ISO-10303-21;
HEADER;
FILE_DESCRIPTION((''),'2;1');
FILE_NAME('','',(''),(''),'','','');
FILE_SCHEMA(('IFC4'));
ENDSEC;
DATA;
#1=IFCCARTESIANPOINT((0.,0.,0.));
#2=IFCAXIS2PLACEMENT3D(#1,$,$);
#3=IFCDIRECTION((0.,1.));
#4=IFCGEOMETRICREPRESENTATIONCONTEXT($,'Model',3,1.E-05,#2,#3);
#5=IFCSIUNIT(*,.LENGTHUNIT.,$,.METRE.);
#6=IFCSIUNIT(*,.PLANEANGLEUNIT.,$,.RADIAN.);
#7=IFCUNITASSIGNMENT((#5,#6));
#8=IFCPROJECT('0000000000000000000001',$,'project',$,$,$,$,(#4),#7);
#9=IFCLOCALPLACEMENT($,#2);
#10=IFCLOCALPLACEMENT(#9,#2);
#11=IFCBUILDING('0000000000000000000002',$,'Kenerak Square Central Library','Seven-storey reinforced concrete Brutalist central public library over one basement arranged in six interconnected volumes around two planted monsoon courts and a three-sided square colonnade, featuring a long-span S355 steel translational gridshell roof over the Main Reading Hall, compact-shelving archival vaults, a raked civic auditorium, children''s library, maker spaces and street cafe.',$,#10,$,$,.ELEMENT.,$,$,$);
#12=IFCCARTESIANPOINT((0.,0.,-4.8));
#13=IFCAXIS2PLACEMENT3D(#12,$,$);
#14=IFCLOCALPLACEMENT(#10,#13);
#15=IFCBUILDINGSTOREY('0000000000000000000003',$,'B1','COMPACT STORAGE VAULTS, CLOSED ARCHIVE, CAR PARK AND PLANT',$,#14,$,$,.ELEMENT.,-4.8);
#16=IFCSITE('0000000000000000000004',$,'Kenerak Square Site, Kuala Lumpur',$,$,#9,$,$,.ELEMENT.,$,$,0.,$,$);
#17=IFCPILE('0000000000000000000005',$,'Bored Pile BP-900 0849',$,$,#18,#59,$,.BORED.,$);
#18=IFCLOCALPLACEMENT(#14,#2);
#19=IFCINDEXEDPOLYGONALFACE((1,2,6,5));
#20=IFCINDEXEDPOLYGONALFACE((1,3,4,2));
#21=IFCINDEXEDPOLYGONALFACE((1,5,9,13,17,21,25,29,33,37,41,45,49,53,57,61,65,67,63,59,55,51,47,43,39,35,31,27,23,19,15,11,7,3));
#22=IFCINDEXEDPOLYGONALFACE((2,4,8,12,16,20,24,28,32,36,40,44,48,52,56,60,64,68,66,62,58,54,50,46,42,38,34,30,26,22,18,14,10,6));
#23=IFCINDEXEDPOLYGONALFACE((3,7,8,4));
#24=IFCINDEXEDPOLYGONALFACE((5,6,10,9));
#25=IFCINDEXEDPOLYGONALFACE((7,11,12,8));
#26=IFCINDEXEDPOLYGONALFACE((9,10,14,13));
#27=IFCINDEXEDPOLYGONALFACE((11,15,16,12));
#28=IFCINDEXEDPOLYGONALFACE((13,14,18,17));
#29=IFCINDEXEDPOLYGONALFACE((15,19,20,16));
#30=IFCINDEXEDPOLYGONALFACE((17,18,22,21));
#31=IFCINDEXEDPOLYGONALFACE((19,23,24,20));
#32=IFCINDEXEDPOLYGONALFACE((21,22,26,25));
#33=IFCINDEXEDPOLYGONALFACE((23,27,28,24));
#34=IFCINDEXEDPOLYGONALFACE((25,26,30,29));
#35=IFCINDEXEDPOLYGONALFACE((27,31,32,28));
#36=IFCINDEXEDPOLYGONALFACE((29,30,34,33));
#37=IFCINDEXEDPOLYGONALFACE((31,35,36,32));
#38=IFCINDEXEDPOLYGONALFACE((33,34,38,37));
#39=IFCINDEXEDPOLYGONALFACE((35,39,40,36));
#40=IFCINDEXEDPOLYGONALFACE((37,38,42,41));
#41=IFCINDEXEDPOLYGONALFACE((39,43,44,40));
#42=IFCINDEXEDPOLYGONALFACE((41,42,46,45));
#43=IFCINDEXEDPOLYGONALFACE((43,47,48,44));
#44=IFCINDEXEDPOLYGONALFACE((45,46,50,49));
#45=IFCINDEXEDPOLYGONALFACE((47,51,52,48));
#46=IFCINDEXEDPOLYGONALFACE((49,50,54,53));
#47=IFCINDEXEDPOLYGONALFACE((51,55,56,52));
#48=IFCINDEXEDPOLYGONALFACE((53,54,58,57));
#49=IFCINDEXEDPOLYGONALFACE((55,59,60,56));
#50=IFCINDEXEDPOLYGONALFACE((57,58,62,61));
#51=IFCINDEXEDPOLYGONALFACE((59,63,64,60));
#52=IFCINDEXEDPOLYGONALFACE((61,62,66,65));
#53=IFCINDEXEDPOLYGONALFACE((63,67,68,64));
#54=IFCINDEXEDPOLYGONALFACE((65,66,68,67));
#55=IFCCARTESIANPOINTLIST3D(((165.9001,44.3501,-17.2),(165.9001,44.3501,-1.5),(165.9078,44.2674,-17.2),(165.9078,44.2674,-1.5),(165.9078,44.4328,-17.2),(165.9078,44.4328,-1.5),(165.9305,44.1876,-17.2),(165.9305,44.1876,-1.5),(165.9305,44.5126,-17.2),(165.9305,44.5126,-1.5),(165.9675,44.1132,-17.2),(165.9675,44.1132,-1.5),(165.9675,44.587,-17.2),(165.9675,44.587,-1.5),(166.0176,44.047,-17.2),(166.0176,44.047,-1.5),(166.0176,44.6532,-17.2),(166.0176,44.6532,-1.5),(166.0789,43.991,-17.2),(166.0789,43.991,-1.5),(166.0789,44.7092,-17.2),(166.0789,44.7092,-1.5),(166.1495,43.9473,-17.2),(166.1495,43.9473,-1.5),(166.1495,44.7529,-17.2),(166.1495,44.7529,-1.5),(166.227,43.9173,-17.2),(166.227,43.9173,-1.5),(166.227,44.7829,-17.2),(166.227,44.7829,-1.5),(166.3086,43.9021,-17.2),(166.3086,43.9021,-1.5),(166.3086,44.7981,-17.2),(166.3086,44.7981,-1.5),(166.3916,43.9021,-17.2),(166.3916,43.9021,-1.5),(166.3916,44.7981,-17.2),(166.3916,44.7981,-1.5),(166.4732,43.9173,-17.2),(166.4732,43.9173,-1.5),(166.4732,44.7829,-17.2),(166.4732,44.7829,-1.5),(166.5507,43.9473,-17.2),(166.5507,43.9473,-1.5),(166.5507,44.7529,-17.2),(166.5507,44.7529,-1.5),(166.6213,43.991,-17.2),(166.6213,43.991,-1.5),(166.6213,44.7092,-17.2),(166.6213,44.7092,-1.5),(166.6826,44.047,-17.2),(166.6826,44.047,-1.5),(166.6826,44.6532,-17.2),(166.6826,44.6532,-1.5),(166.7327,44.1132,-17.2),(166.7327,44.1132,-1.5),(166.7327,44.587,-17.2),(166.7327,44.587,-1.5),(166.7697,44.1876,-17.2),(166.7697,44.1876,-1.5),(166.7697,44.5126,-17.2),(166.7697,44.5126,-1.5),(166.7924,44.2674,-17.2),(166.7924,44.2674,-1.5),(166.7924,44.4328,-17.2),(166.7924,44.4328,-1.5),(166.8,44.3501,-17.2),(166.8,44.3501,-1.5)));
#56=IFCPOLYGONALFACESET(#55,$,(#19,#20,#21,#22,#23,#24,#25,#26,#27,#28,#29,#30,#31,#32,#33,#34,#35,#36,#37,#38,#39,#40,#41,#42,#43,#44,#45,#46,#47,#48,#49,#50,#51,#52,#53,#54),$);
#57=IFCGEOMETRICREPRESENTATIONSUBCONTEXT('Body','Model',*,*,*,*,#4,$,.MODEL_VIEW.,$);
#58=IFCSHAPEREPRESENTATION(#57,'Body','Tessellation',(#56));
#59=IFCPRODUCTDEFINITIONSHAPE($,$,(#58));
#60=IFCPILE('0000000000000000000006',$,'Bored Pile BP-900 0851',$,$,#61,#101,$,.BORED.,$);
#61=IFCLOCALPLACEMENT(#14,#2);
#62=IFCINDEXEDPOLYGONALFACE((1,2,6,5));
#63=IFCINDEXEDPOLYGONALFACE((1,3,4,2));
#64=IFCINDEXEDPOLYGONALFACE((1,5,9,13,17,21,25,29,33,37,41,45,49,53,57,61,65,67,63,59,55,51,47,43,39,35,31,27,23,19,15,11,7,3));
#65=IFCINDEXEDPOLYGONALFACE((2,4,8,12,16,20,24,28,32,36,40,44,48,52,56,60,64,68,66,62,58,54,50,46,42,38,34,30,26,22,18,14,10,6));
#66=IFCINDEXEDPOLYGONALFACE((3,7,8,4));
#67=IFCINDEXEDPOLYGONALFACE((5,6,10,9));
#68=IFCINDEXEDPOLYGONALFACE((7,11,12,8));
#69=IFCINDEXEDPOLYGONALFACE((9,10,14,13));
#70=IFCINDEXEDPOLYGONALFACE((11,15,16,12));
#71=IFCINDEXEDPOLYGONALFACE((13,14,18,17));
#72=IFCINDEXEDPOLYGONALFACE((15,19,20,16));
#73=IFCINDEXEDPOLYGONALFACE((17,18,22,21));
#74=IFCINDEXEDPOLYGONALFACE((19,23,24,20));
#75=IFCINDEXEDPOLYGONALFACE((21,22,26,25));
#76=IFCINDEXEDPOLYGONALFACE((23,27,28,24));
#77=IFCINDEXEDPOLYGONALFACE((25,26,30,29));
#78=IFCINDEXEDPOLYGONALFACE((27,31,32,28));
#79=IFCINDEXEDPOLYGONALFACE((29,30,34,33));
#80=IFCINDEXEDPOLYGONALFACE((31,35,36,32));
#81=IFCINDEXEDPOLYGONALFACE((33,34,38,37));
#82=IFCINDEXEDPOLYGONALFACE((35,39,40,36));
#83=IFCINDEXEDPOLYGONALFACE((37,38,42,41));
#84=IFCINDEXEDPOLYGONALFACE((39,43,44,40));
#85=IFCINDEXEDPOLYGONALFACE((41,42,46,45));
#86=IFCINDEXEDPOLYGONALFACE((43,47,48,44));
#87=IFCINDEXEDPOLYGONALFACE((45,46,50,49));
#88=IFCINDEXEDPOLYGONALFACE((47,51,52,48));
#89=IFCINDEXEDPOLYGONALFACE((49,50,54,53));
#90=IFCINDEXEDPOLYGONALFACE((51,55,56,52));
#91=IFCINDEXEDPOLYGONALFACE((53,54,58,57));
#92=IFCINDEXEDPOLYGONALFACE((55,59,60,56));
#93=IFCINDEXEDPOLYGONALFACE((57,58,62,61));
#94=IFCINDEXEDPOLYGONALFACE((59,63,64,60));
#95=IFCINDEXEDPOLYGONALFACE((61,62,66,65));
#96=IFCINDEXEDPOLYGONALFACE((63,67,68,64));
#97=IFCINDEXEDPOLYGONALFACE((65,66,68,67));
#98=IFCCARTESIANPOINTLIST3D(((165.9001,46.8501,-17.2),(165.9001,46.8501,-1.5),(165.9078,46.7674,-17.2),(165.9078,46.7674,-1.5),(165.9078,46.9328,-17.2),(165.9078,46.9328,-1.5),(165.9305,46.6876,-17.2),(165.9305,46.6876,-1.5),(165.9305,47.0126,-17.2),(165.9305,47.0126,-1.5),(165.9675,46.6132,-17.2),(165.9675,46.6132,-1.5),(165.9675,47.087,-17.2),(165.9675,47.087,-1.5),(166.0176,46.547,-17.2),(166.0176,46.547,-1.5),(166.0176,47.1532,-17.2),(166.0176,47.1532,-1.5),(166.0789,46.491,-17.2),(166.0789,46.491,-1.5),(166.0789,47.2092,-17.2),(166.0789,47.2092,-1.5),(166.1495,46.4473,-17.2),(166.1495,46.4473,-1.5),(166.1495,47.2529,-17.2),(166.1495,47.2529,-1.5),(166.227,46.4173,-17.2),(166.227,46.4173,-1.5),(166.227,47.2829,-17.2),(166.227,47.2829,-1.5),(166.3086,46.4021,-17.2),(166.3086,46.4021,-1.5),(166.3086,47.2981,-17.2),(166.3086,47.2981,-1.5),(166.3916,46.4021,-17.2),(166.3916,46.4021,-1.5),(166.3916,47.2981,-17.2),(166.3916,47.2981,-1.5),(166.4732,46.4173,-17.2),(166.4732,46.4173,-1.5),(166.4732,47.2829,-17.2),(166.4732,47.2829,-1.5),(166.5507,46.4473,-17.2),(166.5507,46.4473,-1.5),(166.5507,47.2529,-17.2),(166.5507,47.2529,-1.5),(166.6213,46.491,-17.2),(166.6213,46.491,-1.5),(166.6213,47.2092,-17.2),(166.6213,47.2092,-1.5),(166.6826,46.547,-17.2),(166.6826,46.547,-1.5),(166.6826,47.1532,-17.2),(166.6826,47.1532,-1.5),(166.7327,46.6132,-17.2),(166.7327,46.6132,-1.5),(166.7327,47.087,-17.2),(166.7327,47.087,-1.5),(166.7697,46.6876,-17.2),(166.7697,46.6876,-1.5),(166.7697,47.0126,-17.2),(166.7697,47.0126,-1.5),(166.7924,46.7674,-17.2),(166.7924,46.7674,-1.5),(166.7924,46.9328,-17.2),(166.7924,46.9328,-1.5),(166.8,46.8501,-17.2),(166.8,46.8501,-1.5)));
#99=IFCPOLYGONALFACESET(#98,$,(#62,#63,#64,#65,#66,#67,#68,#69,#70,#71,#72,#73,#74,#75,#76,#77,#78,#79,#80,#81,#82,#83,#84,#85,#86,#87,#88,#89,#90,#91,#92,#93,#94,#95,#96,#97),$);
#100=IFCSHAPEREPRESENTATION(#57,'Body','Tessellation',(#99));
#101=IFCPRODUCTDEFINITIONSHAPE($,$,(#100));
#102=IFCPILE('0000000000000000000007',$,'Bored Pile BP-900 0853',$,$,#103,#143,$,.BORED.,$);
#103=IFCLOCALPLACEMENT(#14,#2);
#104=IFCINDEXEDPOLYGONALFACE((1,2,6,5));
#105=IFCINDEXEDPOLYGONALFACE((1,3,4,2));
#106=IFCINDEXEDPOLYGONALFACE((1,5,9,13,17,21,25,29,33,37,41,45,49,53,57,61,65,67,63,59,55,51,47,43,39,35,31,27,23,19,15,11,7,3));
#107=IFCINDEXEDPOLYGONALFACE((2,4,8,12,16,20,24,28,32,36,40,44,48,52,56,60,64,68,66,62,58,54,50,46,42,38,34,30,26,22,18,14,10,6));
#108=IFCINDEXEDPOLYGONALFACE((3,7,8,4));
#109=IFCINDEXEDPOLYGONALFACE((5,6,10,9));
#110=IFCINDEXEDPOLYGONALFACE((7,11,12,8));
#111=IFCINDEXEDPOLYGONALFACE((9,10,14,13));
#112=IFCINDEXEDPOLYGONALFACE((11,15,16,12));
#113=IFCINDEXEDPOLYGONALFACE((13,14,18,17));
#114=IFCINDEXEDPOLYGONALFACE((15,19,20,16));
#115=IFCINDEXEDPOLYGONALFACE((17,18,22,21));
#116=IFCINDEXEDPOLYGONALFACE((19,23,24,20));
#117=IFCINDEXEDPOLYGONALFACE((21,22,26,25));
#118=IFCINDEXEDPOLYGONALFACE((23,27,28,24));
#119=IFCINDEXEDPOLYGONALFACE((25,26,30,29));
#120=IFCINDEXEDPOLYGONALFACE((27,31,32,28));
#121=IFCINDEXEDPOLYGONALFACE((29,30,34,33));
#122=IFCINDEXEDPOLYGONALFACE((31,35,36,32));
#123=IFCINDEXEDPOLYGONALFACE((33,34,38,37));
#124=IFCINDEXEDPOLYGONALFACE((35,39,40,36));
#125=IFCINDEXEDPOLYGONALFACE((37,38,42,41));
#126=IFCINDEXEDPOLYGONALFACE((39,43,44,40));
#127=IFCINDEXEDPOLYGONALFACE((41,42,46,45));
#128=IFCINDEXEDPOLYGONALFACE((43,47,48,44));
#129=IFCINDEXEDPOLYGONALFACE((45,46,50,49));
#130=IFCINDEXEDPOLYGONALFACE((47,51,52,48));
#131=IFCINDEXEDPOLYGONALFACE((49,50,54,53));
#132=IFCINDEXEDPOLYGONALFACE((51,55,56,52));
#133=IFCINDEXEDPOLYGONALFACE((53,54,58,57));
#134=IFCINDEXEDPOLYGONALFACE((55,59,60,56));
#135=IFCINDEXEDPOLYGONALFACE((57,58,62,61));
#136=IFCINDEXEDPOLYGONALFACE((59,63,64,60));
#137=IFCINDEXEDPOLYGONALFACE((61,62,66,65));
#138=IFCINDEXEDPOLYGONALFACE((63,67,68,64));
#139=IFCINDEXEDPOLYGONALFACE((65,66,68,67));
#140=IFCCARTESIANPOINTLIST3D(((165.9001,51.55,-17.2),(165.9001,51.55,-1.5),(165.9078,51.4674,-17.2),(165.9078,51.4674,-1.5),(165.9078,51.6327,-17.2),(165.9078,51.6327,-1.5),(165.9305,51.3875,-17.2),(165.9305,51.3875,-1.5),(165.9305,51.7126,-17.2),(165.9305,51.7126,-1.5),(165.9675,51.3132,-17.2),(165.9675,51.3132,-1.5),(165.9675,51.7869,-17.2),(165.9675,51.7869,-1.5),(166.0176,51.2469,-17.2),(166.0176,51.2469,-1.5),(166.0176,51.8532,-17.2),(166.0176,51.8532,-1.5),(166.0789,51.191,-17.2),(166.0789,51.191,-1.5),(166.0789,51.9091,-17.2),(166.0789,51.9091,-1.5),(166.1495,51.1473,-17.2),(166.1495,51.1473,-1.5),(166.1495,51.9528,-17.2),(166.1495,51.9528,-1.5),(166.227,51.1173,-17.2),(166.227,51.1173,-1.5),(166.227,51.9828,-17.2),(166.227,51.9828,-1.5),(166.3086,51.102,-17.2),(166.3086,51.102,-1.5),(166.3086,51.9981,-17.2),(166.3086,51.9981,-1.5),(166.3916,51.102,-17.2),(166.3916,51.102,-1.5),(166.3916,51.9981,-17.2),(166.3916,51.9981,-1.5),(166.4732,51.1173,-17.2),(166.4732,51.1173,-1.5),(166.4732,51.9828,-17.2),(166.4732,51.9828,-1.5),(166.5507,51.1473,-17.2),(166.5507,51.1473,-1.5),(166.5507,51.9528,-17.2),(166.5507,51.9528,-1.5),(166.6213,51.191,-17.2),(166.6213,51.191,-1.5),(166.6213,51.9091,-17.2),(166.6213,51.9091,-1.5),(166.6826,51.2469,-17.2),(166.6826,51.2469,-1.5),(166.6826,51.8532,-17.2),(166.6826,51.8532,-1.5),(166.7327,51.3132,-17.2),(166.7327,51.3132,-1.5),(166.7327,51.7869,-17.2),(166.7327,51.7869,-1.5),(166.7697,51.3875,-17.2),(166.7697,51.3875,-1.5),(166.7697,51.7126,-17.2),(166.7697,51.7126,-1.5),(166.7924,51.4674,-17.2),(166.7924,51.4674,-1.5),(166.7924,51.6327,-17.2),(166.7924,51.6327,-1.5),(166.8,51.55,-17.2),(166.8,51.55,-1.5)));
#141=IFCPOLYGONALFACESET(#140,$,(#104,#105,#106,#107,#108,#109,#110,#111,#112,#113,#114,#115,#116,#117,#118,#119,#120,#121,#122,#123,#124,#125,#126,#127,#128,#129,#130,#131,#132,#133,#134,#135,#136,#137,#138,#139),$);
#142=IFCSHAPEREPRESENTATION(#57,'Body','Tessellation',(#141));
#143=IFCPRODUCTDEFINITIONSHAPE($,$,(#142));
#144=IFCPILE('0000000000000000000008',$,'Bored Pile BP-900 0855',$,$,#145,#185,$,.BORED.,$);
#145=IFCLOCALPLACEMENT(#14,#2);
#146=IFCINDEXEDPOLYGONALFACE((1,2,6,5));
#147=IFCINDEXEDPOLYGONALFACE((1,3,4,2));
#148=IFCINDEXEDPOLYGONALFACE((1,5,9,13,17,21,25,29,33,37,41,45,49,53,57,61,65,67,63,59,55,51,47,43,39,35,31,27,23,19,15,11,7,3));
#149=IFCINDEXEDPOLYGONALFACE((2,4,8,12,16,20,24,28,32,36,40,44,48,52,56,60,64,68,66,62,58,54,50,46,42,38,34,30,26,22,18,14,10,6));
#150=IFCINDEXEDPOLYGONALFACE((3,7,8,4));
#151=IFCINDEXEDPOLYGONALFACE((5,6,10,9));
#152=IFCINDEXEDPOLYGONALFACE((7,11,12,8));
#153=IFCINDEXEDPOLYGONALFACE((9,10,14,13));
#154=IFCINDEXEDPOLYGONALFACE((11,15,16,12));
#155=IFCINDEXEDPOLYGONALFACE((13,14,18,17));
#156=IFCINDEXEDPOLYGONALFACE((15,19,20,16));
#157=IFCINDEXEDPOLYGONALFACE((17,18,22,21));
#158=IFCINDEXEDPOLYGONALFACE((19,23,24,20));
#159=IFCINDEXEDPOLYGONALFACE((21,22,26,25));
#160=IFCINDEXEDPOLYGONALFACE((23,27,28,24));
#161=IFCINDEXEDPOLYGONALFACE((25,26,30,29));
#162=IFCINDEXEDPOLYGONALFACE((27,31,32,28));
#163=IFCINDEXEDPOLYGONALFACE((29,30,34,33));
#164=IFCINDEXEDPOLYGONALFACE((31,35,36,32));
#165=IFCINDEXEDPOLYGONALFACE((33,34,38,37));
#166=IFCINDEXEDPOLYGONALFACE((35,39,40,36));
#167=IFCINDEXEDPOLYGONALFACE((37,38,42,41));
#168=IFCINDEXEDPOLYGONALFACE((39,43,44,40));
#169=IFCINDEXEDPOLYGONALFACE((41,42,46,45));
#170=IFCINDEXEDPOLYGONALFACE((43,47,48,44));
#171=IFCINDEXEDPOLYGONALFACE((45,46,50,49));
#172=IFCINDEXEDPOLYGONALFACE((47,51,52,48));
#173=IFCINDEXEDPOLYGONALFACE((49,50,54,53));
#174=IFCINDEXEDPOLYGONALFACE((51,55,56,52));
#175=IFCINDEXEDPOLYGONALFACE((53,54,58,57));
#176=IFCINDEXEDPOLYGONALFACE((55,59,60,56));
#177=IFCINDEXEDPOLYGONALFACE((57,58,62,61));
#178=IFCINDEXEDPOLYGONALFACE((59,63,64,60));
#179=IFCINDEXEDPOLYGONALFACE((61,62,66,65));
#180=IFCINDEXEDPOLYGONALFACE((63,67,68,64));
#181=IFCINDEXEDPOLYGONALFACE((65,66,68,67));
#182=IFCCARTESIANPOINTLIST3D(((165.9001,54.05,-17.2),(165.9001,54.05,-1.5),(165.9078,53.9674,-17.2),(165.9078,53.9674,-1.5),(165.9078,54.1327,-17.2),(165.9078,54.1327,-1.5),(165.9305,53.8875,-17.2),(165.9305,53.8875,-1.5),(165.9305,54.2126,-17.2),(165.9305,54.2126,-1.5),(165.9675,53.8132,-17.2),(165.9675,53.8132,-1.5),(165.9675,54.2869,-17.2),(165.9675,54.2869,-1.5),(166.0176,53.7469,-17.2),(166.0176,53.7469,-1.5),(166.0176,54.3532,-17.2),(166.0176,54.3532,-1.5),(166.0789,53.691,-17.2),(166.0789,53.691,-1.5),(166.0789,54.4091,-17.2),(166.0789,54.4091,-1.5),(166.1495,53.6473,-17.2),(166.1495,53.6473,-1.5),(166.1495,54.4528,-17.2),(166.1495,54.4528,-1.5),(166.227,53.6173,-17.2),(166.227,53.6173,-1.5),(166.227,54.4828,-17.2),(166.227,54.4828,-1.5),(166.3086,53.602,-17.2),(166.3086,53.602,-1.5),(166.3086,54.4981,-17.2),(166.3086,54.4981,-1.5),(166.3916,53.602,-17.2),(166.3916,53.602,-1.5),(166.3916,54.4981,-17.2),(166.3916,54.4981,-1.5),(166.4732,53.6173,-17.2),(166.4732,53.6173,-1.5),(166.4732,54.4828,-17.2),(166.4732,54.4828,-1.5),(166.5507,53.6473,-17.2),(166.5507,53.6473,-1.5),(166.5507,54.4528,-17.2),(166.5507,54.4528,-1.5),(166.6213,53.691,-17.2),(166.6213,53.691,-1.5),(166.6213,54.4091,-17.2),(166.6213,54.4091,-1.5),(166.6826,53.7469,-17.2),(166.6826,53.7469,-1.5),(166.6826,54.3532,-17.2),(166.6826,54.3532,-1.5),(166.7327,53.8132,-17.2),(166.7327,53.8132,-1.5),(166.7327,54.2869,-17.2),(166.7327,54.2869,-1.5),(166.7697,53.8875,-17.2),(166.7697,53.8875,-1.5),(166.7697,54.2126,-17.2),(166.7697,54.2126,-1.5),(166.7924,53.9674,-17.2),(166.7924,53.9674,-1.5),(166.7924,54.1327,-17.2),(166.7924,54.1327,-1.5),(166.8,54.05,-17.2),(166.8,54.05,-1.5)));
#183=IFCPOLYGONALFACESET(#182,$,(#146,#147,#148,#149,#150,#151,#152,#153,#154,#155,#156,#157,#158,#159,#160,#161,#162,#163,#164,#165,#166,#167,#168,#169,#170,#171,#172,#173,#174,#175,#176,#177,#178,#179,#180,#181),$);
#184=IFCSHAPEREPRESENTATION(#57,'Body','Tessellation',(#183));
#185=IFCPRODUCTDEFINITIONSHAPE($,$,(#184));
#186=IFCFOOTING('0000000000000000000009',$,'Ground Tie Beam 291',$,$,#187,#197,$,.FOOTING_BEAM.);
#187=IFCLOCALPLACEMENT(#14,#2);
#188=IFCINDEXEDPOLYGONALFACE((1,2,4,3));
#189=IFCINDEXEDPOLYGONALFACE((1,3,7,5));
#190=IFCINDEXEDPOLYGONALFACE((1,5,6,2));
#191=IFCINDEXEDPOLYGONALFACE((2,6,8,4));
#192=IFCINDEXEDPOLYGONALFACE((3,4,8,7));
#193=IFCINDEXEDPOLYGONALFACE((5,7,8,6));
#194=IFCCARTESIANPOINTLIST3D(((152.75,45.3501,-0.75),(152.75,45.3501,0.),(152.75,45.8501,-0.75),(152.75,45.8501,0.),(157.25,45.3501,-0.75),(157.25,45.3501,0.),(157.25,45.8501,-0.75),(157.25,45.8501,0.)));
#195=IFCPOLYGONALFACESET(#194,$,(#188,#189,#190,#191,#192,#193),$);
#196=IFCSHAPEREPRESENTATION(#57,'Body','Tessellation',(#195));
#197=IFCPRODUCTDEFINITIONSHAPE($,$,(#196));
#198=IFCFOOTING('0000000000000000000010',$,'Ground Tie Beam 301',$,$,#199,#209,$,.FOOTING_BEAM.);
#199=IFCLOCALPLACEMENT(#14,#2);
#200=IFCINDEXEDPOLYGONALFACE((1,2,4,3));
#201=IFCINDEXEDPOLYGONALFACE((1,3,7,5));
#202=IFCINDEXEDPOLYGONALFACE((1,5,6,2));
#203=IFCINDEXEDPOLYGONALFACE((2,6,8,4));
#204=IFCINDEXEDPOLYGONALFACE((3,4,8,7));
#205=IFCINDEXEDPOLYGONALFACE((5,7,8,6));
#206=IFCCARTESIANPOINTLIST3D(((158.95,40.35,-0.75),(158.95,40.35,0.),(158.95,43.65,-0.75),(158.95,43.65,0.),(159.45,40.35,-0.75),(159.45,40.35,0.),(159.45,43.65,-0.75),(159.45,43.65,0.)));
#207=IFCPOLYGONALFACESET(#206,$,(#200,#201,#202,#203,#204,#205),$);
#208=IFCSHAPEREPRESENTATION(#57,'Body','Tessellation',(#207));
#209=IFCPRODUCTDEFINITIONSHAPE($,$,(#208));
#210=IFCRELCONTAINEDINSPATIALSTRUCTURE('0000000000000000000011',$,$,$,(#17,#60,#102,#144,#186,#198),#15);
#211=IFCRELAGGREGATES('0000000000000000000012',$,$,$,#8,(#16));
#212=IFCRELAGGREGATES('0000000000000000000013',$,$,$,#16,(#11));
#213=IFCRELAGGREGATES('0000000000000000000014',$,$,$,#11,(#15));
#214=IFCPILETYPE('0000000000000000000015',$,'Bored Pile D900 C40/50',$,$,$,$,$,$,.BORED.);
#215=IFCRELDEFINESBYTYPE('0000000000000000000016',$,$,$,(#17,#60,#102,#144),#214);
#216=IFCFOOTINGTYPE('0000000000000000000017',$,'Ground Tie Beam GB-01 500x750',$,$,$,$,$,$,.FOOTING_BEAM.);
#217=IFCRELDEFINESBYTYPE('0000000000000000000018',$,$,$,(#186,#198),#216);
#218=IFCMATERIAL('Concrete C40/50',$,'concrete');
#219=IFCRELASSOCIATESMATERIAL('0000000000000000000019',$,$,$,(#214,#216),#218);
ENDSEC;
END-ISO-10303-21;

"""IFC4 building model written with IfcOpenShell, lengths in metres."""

from ifc_helpers import new_model, si_unit, direction, frame, origin, origin_2d, place, context, subcontext, project, spatial, rectangle, circle, extrude, material, material_profile, profile_set, type_object, element, save


model = new_model("IFC4")

# Units and contexts
model_context = context("Model", 3, precision=1e-05, world=origin(), true_north=direction((0.0, 1.0)))
body_context = subcontext(model_context, "Body", "Model", "MODEL_VIEW")
ifc_project = project(units=[si_unit("LENGTHUNIT", "METRE"), si_unit("PLANEANGLEUNIT", "RADIAN")], contexts=[model_context])

# Site, building, storey
site_placement = place(None, origin())
site = spatial("IfcSite", under=ifc_project, at=site_placement, Name="Kenerak Square Site, Kuala Lumpur", CompositionType="ELEMENT", RefElevation=0.0)
building_placement = place(site_placement, origin())
building = spatial("IfcBuilding", under=site, at=building_placement, Name="Kenerak Square Central Library", Description="Seven-storey reinforced concrete Brutalist central public library over one basement arranged in six interconnected volumes around two planted monsoon courts and a three-sided square colonnade, featuring a long-span S355 steel translational gridshell roof over the Main Reading Hall, compact-shelving archival vaults, a raked civic auditorium, children's library, maker spaces and street cafe.", CompositionType="ELEMENT")
storey_placement = place(building_placement, frame((0.0, 0.0, -4.8)))
storey = spatial("IfcBuildingStorey", under=building, at=storey_placement, Name="B1", Description="COMPACT STORAGE VAULTS, CLOSED ARCHIVE, CAR PARK AND PLANT", CompositionType="ELEMENT", Elevation=-4.8)

# Piles
ifc_material_1 = material(Name="Concrete C40/50", Category="concrete")
ifc_material_profile_1 = material_profile(ifc_material_1, circle(Radius=0.45, at=origin_2d()), Name="BP D900")
ifc_profile_set_1 = profile_set([ifc_material_profile_1], Name="Concrete C40/50")
pile_type = type_object("IfcPileType", Name="Bored Pile D900 C40/50", PredefinedType="BORED", material=ifc_profile_set_1)
for number, where, z_axis, x_axis, name in (
    (1, (166.3501, 44.3501, -1.5), (0.0, 0.0, -1.0), (1.0, 0.0, 0.0), "Bored Pile BP-900 0849"),
    (2, (166.3501, 46.8501, -1.5), (0.0, 0.0, -1.0), (1.0, 0.0, 0.0), "Bored Pile BP-900 0851"),
    (3, (166.3501, 51.55, -1.5), (0.0, 0.0, -1.0), (1.0, 0.0, 0.0), "Bored Pile BP-900 0853"),
    (4, (166.3501, 54.05, -1.5), (0.0, 0.0, -1.0), (1.0, 0.0, 0.0), "Bored Pile BP-900 0855"),
):
    element("IfcPile", number, at=place(storey_placement, frame(where, z_axis=z_axis, x_axis=x_axis)), inside=storey, type_object=pile_type, Name=name, PredefinedType="BORED", context=body_context, shape_type="SweptSolid", body=[
        extrude(circle(Radius=0.45, at=origin_2d()), origin(), (0.0, 0.0, 1.0), 15.7),
    ])

# Footings
footing_type_1 = type_object("IfcFootingType", Name="Ground Tie Beam GB-01 500x750", PredefinedType="FOOTING_BEAM", material=ifc_material_1)
footing_1_placement = place(storey_placement, frame((155.0, 45.6001, -0.75), z_axis=(0.0, 0.0, 1.0), x_axis=(1.0, 0.0, 0.0)))
element("IfcFooting", 5, at=footing_1_placement, inside=storey, type_object=footing_type_1, Name="Ground Tie Beam 291", PredefinedType="FOOTING_BEAM", context=body_context, shape_type="SweptSolid", body=[
    extrude(rectangle(XDim=4.5, YDim=0.5, at=origin_2d()), origin(), (0.0, 0.0, 1.0), 0.75),
])
footing_2_placement = place(storey_placement, frame((159.2, 42.0, -0.75), z_axis=(0.0, 0.0, 1.0), x_axis=(1.0, 0.0, 0.0)))
element("IfcFooting", 6, at=footing_2_placement, inside=storey, type_object=footing_type_1, Name="Ground Tie Beam 301", PredefinedType="FOOTING_BEAM", context=body_context, shape_type="SweptSolid", body=[
    extrude(rectangle(XDim=0.5, YDim=3.3, at=origin_2d()), origin(), (0.0, 0.0, 1.0), 0.75),
])

save(model, "model.ifc")
